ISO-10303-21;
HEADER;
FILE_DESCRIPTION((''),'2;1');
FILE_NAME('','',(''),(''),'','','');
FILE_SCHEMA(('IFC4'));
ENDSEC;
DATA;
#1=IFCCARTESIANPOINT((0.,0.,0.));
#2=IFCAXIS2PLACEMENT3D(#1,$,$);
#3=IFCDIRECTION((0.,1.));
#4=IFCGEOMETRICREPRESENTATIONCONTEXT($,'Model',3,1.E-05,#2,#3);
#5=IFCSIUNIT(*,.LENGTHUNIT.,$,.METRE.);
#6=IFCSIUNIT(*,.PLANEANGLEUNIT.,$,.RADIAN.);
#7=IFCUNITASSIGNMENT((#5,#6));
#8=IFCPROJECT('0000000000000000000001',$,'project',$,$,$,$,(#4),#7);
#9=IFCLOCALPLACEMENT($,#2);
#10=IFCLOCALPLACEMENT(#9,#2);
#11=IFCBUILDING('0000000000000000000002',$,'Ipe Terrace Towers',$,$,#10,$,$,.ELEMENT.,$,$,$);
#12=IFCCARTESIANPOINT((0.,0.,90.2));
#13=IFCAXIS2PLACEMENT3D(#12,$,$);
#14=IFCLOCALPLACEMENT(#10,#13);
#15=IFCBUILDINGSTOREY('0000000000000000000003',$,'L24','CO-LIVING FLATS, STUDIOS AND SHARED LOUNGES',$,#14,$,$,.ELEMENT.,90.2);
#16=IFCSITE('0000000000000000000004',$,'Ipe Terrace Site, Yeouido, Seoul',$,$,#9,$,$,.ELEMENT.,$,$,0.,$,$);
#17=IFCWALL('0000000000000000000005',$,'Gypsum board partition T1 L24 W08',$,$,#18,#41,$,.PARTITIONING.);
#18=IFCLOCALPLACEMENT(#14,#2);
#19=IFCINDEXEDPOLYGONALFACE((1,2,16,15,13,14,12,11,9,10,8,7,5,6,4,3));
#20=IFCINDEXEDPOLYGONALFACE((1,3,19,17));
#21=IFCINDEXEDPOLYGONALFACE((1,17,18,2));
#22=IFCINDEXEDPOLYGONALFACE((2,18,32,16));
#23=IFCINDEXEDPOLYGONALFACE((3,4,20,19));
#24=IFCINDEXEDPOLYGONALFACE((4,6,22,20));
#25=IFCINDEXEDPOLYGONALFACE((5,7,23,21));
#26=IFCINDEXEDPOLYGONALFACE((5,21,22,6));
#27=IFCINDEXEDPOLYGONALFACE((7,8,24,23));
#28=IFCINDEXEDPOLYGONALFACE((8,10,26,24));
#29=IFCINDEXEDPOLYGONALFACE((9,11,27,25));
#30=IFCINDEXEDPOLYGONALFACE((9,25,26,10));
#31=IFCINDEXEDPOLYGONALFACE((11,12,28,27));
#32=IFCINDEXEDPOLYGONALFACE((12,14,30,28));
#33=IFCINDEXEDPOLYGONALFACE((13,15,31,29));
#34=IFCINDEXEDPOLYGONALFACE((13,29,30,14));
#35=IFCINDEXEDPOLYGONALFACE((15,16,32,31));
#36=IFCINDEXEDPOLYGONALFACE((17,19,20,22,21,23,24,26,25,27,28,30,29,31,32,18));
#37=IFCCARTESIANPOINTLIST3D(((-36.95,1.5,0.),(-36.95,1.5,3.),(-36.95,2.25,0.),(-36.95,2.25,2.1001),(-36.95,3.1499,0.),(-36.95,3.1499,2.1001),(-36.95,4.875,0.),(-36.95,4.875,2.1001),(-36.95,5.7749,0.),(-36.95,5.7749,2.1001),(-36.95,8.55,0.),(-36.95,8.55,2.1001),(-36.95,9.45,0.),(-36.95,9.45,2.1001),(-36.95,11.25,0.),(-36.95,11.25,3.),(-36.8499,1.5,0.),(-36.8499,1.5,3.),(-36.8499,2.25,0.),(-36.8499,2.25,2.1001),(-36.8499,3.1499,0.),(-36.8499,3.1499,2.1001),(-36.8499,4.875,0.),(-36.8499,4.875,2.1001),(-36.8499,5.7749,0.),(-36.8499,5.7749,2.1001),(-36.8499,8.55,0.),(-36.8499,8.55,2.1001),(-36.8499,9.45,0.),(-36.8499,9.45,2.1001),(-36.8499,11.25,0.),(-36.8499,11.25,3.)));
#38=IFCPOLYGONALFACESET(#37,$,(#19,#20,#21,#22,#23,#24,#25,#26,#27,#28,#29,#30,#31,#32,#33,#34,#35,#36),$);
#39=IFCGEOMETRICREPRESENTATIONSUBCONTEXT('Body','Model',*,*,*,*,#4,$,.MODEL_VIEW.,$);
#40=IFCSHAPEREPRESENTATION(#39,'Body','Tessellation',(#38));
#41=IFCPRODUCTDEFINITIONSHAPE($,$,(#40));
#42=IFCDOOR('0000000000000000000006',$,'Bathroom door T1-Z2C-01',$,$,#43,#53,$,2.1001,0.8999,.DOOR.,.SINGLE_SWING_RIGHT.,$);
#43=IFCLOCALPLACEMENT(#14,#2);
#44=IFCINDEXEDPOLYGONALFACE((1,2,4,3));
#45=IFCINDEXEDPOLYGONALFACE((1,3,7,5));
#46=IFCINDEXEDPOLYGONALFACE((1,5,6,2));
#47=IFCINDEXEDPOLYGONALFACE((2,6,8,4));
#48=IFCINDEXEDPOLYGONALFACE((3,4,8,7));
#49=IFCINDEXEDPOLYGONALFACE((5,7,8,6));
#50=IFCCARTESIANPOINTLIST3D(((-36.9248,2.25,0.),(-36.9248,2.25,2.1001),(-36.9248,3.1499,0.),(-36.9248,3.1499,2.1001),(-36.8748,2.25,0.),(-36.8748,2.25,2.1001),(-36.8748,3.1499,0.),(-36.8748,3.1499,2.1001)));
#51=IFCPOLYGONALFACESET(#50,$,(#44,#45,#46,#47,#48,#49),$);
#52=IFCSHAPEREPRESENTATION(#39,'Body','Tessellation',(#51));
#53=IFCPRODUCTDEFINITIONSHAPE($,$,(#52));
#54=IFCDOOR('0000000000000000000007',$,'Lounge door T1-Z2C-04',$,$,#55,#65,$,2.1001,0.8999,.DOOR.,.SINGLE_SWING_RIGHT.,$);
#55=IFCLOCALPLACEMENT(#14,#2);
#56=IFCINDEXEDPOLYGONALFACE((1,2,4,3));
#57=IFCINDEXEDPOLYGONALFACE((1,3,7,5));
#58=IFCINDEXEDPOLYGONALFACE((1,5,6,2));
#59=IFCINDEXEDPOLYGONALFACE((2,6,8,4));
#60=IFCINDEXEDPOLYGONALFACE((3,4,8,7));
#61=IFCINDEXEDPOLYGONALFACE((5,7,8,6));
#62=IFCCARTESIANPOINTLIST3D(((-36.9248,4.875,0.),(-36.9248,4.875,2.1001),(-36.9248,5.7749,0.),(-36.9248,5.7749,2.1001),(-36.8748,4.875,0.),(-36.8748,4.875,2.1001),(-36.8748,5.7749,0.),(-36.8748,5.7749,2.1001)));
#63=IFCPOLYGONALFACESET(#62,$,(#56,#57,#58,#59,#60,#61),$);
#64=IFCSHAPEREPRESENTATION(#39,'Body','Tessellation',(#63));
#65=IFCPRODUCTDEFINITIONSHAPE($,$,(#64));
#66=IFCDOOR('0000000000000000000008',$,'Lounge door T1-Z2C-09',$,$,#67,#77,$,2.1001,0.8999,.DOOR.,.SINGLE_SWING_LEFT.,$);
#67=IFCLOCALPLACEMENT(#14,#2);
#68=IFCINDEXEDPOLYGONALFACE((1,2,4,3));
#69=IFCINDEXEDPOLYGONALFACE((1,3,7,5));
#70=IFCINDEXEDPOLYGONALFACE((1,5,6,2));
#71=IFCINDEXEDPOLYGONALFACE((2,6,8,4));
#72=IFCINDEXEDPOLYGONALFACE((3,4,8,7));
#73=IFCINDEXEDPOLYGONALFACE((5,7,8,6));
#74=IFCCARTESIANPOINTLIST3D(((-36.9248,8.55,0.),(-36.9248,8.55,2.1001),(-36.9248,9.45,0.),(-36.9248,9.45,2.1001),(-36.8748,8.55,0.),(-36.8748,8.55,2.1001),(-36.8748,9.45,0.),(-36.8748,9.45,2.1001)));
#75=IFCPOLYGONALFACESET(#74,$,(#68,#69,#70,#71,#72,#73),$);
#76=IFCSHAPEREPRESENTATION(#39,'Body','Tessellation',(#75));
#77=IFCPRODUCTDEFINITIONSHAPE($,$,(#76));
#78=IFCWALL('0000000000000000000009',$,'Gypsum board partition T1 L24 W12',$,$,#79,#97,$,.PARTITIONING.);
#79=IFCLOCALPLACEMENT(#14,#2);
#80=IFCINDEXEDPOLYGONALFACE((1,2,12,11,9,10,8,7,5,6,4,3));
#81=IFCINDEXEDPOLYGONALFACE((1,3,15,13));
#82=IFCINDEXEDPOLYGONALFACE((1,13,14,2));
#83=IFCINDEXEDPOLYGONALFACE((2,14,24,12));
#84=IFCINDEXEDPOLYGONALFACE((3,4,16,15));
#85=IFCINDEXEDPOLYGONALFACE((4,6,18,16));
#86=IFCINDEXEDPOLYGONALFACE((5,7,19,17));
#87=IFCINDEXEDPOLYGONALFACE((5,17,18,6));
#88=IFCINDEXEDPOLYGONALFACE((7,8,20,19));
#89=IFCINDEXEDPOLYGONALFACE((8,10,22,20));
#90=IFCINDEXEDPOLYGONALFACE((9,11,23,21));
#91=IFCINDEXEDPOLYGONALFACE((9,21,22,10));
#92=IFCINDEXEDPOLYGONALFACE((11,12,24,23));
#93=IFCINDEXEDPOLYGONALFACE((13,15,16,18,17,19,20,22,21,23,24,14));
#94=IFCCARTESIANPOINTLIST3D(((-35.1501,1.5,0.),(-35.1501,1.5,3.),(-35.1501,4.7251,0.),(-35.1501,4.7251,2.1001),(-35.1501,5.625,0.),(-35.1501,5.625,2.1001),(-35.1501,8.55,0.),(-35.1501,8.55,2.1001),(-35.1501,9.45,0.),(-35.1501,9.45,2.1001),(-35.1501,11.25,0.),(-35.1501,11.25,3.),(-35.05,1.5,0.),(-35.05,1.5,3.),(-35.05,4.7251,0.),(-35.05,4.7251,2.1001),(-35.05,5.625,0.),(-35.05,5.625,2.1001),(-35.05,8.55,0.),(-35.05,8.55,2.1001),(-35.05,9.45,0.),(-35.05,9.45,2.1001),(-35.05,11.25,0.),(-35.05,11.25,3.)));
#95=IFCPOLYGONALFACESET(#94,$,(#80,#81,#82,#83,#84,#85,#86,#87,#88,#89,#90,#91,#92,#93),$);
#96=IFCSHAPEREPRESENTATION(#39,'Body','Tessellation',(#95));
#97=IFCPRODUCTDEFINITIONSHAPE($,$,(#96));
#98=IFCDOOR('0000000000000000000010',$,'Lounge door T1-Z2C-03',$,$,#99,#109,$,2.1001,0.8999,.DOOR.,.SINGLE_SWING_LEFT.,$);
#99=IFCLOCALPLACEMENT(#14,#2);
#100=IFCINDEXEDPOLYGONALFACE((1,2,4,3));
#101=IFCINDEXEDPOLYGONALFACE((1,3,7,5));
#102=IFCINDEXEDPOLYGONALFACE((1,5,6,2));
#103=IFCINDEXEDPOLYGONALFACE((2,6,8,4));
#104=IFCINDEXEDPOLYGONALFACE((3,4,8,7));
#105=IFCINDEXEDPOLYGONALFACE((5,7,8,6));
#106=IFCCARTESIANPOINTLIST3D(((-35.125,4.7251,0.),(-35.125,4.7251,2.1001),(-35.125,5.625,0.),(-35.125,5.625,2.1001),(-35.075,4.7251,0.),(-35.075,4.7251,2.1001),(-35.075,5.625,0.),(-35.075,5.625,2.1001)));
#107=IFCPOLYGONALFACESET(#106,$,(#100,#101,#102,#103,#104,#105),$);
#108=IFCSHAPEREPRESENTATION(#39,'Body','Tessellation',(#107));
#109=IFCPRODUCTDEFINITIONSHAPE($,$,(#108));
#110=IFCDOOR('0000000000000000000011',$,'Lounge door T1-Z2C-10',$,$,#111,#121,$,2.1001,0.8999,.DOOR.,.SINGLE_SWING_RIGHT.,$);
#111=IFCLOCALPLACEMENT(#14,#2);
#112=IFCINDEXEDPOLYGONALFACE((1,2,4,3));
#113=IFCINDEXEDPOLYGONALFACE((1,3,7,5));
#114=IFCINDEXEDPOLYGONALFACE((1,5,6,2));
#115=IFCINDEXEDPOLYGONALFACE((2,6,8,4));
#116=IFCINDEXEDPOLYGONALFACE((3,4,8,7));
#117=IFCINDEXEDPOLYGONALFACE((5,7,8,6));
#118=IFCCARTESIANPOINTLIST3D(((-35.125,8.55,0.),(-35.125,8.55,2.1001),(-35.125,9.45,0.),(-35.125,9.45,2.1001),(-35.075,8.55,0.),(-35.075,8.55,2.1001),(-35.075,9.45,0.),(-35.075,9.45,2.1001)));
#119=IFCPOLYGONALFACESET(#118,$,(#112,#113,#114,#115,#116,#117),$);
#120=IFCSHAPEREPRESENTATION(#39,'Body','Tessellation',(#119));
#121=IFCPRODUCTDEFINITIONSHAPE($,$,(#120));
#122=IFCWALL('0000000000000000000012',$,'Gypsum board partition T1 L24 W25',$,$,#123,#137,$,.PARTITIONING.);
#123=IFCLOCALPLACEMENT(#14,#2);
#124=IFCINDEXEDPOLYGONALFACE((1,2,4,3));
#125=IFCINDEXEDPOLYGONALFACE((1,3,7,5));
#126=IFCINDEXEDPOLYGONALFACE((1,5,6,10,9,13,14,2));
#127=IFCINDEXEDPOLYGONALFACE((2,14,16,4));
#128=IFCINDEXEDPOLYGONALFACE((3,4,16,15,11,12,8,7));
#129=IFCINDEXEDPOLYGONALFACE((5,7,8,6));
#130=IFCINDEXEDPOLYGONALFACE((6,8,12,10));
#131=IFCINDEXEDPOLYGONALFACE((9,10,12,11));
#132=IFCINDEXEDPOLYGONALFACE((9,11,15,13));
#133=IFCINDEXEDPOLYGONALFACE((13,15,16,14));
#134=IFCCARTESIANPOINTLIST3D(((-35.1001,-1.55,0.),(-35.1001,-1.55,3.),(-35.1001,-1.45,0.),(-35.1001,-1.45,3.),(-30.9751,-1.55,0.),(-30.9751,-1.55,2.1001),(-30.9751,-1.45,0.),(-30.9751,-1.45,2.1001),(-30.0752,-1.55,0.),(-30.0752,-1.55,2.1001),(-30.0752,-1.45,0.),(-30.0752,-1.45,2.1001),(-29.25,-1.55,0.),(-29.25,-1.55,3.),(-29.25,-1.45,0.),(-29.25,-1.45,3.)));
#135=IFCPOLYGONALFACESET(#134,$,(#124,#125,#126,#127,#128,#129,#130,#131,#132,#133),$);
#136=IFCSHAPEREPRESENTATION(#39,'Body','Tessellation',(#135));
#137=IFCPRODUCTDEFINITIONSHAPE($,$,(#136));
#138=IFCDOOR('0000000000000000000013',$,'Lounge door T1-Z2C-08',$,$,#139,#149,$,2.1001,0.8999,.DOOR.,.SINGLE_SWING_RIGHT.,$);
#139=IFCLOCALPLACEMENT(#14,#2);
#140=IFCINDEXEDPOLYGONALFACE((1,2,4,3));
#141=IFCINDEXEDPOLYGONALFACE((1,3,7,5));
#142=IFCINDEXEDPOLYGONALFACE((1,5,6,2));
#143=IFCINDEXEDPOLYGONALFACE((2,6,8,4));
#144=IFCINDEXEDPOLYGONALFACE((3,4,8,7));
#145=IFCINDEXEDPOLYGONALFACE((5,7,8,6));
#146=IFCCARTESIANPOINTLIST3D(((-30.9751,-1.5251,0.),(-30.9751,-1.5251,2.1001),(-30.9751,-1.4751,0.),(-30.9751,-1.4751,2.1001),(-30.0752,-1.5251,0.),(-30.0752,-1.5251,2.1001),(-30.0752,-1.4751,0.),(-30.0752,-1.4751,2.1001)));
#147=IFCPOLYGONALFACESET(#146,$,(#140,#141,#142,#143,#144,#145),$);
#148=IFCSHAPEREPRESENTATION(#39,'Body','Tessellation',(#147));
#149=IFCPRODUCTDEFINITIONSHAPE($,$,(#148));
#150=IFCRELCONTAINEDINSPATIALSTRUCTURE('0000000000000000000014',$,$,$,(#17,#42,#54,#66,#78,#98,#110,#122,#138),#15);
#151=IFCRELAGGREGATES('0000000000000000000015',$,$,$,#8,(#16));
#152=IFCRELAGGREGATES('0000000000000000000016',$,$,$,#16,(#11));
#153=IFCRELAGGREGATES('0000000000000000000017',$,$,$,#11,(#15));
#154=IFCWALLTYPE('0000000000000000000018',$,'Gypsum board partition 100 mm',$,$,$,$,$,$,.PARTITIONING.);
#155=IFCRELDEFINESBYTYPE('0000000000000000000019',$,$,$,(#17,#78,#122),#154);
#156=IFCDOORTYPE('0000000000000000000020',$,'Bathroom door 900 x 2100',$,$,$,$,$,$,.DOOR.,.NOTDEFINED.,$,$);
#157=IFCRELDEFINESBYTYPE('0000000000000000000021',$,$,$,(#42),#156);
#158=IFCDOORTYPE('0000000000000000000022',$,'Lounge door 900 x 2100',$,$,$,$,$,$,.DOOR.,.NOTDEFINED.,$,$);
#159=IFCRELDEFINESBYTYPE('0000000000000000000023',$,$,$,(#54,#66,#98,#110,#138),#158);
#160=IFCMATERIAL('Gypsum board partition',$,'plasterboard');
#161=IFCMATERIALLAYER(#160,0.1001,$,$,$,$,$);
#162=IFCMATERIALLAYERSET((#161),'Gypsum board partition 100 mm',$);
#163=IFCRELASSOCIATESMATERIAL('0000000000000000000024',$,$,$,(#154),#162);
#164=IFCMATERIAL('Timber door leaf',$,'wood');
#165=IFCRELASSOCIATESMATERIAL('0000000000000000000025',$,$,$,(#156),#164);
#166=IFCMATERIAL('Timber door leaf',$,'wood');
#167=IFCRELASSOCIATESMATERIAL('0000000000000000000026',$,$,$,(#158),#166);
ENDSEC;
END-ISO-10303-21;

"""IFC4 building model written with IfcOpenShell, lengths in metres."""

from ifc_helpers import new_model, si_unit, direction, frame, frame_2d, origin, place, context, subcontext, project, spatial, rectangle, extrude, material, layer, layer_set, type_object, element, fill, save


model = new_model("IFC4")

# Units and contexts
model_context = context("Model", 3, precision=1e-05, world=origin(), true_north=direction((0.0, 1.0)))
body_context = subcontext(model_context, "Body", "Model", "MODEL_VIEW")
ifc_project = project(units=[si_unit("LENGTHUNIT", "METRE"), si_unit("PLANEANGLEUNIT", "RADIAN")], contexts=[model_context])

# Site, building, storey
site_placement = place(None, origin())
site = spatial("IfcSite", under=ifc_project, at=site_placement, Name="Ipe Terrace Site, Yeouido, Seoul", CompositionType="ELEMENT", RefElevation=0.0)
building_placement = place(site_placement, origin())
building = spatial("IfcBuilding", under=site, at=building_placement, Name="Ipe Terrace Towers", CompositionType="ELEMENT")
storey_placement = place(building_placement, frame((0.0, 0.0, 90.2)))
storey = spatial("IfcBuildingStorey", under=building, at=storey_placement, Name="L24", Description="CO-LIVING FLATS, STUDIOS AND SHARED LOUNGES", CompositionType="ELEMENT", Elevation=90.2)

# Walls, openings, doors
ifc_material_1 = material(Name="Gypsum board partition", Category="plasterboard")
ifc_layer_1 = layer(ifc_material_1, 0.1001)
ifc_layer_set_1 = layer_set([ifc_layer_1], Name="Gypsum board partition 100 mm")
wall_type_1 = type_object("IfcWallType", Name="Gypsum board partition 100 mm", PredefinedType="PARTITIONING", material=ifc_layer_set_1)
wall_1_placement = place(storey_placement, frame((-36.8999, 1.5, 0.0), z_axis=(0.0, 0.0, 1.0), x_axis=(0.0, 1.0, 0.0)))
wall_1 = element("IfcWall", 1, at=wall_1_placement, inside=storey, type_object=wall_type_1, Name="Gypsum board partition T1 L24 W08", PredefinedType="PARTITIONING", context=body_context, shape_type="SweptSolid", body=[
    extrude(rectangle(XDim=9.75, YDim=0.1001, at=frame_2d((4.875, 0.0))), origin(), (0.0, 0.0, 1.0), 3.0),
])
opening_1_placement = place(wall_1_placement, frame((0.75, 0.0, 0.0)))
opening_1 = element("IfcOpeningElement", 2, at=opening_1_placement, cuts=wall_1, PredefinedType="OPENING", context=body_context, shape_type="SweptSolid", body=[
    extrude(rectangle(XDim=0.8999, YDim=2.1001, at=frame_2d((0.45, 1.05))), frame((0.0, 0.0601, 0.0), z_axis=(0.0, -1.0, 0.0), x_axis=(1.0, 0.0, 0.0)), (0.0, 0.0, 1.0), 0.1201),
])
opening_2_placement = place(wall_1_placement, frame((3.375, 0.0, 0.0)))
opening_2 = element("IfcOpeningElement", 3, at=opening_2_placement, cuts=wall_1, PredefinedType="OPENING", context=body_context, shape_type="SweptSolid", body=[
    extrude(rectangle(XDim=0.8999, YDim=2.1001, at=frame_2d((0.45, 1.05))), frame((0.0, 0.0601, 0.0), z_axis=(0.0, -1.0, 0.0), x_axis=(1.0, 0.0, 0.0)), (0.0, 0.0, 1.0), 0.1201),
])
opening_3_placement = place(wall_1_placement, frame((7.05, 0.0, 0.0)))
opening_3 = element("IfcOpeningElement", 4, at=opening_3_placement, cuts=wall_1, PredefinedType="OPENING", context=body_context, shape_type="SweptSolid", body=[
    extrude(rectangle(XDim=0.8999, YDim=2.1001, at=frame_2d((0.45, 1.05))), frame((0.0, 0.0601, 0.0), z_axis=(0.0, -1.0, 0.0), x_axis=(1.0, 0.0, 0.0)), (0.0, 0.0, 1.0), 0.1201),
])
ifc_material_2 = material(Name="Timber door leaf", Category="wood")
door_type_1 = type_object("IfcDoorType", Name="Bathroom door 900 x 2100", OperationType="NOTDEFINED", PredefinedType="DOOR", material=ifc_material_2)
door_1_placement = place(opening_1_placement, origin())
door_1 = element("IfcDoor", 5, at=door_1_placement, inside=storey, type_object=door_type_1, Name="Bathroom door T1-Z2C-01", OperationType="SINGLE_SWING_RIGHT", OverallHeight=2.1001, OverallWidth=0.8999, PredefinedType="DOOR", context=body_context, shape_type="SweptSolid", body=[
    extrude(rectangle(XDim=0.8999, YDim=2.1001, at=frame_2d((0.45, 1.05))), frame((0.0, 0.0249, 0.0), z_axis=(0.0, -1.0, 0.0), x_axis=(1.0, 0.0, 0.0)), (0.0, 0.0, 1.0), 0.05),
])
fill(opening_1, door_1)
ifc_material_3 = material(Name="Timber door leaf", Category="wood")
door_type_2 = type_object("IfcDoorType", Name="Lounge door 900 x 2100", OperationType="NOTDEFINED", PredefinedType="DOOR", material=ifc_material_3)
door_2_placement = place(opening_2_placement, origin())
door_2 = element("IfcDoor", 6, at=door_2_placement, inside=storey, type_object=door_type_2, Name="Lounge door T1-Z2C-04", OperationType="SINGLE_SWING_RIGHT", OverallHeight=2.1001, OverallWidth=0.8999, PredefinedType="DOOR", context=body_context, shape_type="SweptSolid", body=[
    extrude(rectangle(XDim=0.8999, YDim=2.1001, at=frame_2d((0.45, 1.05))), frame((0.0, 0.0249, 0.0), z_axis=(0.0, -1.0, 0.0), x_axis=(1.0, 0.0, 0.0)), (0.0, 0.0, 1.0), 0.05),
])
fill(opening_2, door_2)
door_3_placement = place(opening_3_placement, origin())
door_3 = element("IfcDoor", 7, at=door_3_placement, inside=storey, type_object=door_type_2, Name="Lounge door T1-Z2C-09", OperationType="SINGLE_SWING_LEFT", OverallHeight=2.1001, OverallWidth=0.8999, PredefinedType="DOOR", context=body_context, shape_type="SweptSolid", body=[
    extrude(rectangle(XDim=0.8999, YDim=2.1001, at=frame_2d((0.45, 1.05))), frame((0.0, 0.0249, 0.0), z_axis=(0.0, -1.0, 0.0), x_axis=(1.0, 0.0, 0.0)), (0.0, 0.0, 1.0), 0.05),
])
fill(opening_3, door_3)
wall_2_placement = place(storey_placement, frame((-35.1001, 1.5, 0.0), z_axis=(0.0, 0.0, 1.0), x_axis=(0.0, 1.0, 0.0)))
wall_2 = element("IfcWall", 8, at=wall_2_placement, inside=storey, type_object=wall_type_1, Name="Gypsum board partition T1 L24 W12", PredefinedType="PARTITIONING", context=body_context, shape_type="SweptSolid", body=[
    extrude(rectangle(XDim=9.75, YDim=0.1001, at=frame_2d((4.875, 0.0))), origin(), (0.0, 0.0, 1.0), 3.0),
])
opening_4_placement = place(wall_2_placement, frame((3.2251, 0.0, 0.0)))
opening_4 = element("IfcOpeningElement", 9, at=opening_4_placement, cuts=wall_2, PredefinedType="OPENING", context=body_context, shape_type="SweptSolid", body=[
    extrude(rectangle(XDim=0.8999, YDim=2.1001, at=frame_2d((0.45, 1.05))), frame((0.0, 0.0601, 0.0), z_axis=(0.0, -1.0, 0.0), x_axis=(1.0, 0.0, 0.0)), (0.0, 0.0, 1.0), 0.1201),
])
opening_5_placement = place(wall_2_placement, frame((7.05, 0.0, 0.0)))
opening_5 = element("IfcOpeningElement", 10, at=opening_5_placement, cuts=wall_2, PredefinedType="OPENING", context=body_context, shape_type="SweptSolid", body=[
    extrude(rectangle(XDim=0.8999, YDim=2.1001, at=frame_2d((0.45, 1.05))), frame((0.0, 0.0601, 0.0), z_axis=(0.0, -1.0, 0.0), x_axis=(1.0, 0.0, 0.0)), (0.0, 0.0, 1.0), 0.1201),
])
door_4_placement = place(opening_4_placement, origin())
door_4 = element("IfcDoor", 11, at=door_4_placement, inside=storey, type_object=door_type_2, Name="Lounge door T1-Z2C-03", OperationType="SINGLE_SWING_LEFT", OverallHeight=2.1001, OverallWidth=0.8999, PredefinedType="DOOR", context=body_context, shape_type="SweptSolid", body=[
    extrude(rectangle(XDim=0.8999, YDim=2.1001, at=frame_2d((0.45, 1.05))), frame((0.0, 0.0249, 0.0), z_axis=(0.0, -1.0, 0.0), x_axis=(1.0, 0.0, 0.0)), (0.0, 0.0, 1.0), 0.05),
])
fill(opening_4, door_4)
door_5_placement = place(opening_5_placement, origin())
door_5 = element("IfcDoor", 12, at=door_5_placement, inside=storey, type_object=door_type_2, Name="Lounge door T1-Z2C-10", OperationType="SINGLE_SWING_RIGHT", OverallHeight=2.1001, OverallWidth=0.8999, PredefinedType="DOOR", context=body_context, shape_type="SweptSolid", body=[
    extrude(rectangle(XDim=0.8999, YDim=2.1001, at=frame_2d((0.45, 1.05))), frame((0.0, 0.0249, 0.0), z_axis=(0.0, -1.0, 0.0), x_axis=(1.0, 0.0, 0.0)), (0.0, 0.0, 1.0), 0.05),
])
fill(opening_5, door_5)

# Wall, opening, door
wall_3_placement = place(storey_placement, frame((-35.1001, -1.5, 0.0), z_axis=(0.0, 0.0, 1.0), x_axis=(1.0, 0.0, 0.0)))
wall_3 = element("IfcWall", 13, at=wall_3_placement, inside=storey, type_object=wall_type_1, Name="Gypsum board partition T1 L24 W25", PredefinedType="PARTITIONING", context=body_context, shape_type="SweptSolid", body=[
    extrude(rectangle(XDim=5.8501, YDim=0.1001, at=frame_2d((2.925, 0.0))), origin(), (0.0, 0.0, 1.0), 3.0),
])
opening_6_placement = place(wall_3_placement, frame((4.125, 0.0, 0.0)))
opening_6 = element("IfcOpeningElement", 14, at=opening_6_placement, cuts=wall_3, PredefinedType="OPENING", context=body_context, shape_type="SweptSolid", body=[
    extrude(rectangle(XDim=0.8999, YDim=2.1001, at=frame_2d((0.45, 1.05))), frame((0.0, 0.0601, 0.0), z_axis=(0.0, -1.0, 0.0), x_axis=(1.0, 0.0, 0.0)), (0.0, 0.0, 1.0), 0.1201),
])
door_6_placement = place(opening_6_placement, origin())
door_6 = element("IfcDoor", 15, at=door_6_placement, inside=storey, type_object=door_type_2, Name="Lounge door T1-Z2C-08", OperationType="SINGLE_SWING_RIGHT", OverallHeight=2.1001, OverallWidth=0.8999, PredefinedType="DOOR", context=body_context, shape_type="SweptSolid", body=[
    extrude(rectangle(XDim=0.8999, YDim=2.1001, at=frame_2d((0.45, 1.05))), frame((0.0, 0.0249, 0.0), z_axis=(0.0, -1.0, 0.0), x_axis=(1.0, 0.0, 0.0)), (0.0, 0.0, 1.0), 0.05),
])
fill(opening_6, door_6)

save(model, "model.ifc")
